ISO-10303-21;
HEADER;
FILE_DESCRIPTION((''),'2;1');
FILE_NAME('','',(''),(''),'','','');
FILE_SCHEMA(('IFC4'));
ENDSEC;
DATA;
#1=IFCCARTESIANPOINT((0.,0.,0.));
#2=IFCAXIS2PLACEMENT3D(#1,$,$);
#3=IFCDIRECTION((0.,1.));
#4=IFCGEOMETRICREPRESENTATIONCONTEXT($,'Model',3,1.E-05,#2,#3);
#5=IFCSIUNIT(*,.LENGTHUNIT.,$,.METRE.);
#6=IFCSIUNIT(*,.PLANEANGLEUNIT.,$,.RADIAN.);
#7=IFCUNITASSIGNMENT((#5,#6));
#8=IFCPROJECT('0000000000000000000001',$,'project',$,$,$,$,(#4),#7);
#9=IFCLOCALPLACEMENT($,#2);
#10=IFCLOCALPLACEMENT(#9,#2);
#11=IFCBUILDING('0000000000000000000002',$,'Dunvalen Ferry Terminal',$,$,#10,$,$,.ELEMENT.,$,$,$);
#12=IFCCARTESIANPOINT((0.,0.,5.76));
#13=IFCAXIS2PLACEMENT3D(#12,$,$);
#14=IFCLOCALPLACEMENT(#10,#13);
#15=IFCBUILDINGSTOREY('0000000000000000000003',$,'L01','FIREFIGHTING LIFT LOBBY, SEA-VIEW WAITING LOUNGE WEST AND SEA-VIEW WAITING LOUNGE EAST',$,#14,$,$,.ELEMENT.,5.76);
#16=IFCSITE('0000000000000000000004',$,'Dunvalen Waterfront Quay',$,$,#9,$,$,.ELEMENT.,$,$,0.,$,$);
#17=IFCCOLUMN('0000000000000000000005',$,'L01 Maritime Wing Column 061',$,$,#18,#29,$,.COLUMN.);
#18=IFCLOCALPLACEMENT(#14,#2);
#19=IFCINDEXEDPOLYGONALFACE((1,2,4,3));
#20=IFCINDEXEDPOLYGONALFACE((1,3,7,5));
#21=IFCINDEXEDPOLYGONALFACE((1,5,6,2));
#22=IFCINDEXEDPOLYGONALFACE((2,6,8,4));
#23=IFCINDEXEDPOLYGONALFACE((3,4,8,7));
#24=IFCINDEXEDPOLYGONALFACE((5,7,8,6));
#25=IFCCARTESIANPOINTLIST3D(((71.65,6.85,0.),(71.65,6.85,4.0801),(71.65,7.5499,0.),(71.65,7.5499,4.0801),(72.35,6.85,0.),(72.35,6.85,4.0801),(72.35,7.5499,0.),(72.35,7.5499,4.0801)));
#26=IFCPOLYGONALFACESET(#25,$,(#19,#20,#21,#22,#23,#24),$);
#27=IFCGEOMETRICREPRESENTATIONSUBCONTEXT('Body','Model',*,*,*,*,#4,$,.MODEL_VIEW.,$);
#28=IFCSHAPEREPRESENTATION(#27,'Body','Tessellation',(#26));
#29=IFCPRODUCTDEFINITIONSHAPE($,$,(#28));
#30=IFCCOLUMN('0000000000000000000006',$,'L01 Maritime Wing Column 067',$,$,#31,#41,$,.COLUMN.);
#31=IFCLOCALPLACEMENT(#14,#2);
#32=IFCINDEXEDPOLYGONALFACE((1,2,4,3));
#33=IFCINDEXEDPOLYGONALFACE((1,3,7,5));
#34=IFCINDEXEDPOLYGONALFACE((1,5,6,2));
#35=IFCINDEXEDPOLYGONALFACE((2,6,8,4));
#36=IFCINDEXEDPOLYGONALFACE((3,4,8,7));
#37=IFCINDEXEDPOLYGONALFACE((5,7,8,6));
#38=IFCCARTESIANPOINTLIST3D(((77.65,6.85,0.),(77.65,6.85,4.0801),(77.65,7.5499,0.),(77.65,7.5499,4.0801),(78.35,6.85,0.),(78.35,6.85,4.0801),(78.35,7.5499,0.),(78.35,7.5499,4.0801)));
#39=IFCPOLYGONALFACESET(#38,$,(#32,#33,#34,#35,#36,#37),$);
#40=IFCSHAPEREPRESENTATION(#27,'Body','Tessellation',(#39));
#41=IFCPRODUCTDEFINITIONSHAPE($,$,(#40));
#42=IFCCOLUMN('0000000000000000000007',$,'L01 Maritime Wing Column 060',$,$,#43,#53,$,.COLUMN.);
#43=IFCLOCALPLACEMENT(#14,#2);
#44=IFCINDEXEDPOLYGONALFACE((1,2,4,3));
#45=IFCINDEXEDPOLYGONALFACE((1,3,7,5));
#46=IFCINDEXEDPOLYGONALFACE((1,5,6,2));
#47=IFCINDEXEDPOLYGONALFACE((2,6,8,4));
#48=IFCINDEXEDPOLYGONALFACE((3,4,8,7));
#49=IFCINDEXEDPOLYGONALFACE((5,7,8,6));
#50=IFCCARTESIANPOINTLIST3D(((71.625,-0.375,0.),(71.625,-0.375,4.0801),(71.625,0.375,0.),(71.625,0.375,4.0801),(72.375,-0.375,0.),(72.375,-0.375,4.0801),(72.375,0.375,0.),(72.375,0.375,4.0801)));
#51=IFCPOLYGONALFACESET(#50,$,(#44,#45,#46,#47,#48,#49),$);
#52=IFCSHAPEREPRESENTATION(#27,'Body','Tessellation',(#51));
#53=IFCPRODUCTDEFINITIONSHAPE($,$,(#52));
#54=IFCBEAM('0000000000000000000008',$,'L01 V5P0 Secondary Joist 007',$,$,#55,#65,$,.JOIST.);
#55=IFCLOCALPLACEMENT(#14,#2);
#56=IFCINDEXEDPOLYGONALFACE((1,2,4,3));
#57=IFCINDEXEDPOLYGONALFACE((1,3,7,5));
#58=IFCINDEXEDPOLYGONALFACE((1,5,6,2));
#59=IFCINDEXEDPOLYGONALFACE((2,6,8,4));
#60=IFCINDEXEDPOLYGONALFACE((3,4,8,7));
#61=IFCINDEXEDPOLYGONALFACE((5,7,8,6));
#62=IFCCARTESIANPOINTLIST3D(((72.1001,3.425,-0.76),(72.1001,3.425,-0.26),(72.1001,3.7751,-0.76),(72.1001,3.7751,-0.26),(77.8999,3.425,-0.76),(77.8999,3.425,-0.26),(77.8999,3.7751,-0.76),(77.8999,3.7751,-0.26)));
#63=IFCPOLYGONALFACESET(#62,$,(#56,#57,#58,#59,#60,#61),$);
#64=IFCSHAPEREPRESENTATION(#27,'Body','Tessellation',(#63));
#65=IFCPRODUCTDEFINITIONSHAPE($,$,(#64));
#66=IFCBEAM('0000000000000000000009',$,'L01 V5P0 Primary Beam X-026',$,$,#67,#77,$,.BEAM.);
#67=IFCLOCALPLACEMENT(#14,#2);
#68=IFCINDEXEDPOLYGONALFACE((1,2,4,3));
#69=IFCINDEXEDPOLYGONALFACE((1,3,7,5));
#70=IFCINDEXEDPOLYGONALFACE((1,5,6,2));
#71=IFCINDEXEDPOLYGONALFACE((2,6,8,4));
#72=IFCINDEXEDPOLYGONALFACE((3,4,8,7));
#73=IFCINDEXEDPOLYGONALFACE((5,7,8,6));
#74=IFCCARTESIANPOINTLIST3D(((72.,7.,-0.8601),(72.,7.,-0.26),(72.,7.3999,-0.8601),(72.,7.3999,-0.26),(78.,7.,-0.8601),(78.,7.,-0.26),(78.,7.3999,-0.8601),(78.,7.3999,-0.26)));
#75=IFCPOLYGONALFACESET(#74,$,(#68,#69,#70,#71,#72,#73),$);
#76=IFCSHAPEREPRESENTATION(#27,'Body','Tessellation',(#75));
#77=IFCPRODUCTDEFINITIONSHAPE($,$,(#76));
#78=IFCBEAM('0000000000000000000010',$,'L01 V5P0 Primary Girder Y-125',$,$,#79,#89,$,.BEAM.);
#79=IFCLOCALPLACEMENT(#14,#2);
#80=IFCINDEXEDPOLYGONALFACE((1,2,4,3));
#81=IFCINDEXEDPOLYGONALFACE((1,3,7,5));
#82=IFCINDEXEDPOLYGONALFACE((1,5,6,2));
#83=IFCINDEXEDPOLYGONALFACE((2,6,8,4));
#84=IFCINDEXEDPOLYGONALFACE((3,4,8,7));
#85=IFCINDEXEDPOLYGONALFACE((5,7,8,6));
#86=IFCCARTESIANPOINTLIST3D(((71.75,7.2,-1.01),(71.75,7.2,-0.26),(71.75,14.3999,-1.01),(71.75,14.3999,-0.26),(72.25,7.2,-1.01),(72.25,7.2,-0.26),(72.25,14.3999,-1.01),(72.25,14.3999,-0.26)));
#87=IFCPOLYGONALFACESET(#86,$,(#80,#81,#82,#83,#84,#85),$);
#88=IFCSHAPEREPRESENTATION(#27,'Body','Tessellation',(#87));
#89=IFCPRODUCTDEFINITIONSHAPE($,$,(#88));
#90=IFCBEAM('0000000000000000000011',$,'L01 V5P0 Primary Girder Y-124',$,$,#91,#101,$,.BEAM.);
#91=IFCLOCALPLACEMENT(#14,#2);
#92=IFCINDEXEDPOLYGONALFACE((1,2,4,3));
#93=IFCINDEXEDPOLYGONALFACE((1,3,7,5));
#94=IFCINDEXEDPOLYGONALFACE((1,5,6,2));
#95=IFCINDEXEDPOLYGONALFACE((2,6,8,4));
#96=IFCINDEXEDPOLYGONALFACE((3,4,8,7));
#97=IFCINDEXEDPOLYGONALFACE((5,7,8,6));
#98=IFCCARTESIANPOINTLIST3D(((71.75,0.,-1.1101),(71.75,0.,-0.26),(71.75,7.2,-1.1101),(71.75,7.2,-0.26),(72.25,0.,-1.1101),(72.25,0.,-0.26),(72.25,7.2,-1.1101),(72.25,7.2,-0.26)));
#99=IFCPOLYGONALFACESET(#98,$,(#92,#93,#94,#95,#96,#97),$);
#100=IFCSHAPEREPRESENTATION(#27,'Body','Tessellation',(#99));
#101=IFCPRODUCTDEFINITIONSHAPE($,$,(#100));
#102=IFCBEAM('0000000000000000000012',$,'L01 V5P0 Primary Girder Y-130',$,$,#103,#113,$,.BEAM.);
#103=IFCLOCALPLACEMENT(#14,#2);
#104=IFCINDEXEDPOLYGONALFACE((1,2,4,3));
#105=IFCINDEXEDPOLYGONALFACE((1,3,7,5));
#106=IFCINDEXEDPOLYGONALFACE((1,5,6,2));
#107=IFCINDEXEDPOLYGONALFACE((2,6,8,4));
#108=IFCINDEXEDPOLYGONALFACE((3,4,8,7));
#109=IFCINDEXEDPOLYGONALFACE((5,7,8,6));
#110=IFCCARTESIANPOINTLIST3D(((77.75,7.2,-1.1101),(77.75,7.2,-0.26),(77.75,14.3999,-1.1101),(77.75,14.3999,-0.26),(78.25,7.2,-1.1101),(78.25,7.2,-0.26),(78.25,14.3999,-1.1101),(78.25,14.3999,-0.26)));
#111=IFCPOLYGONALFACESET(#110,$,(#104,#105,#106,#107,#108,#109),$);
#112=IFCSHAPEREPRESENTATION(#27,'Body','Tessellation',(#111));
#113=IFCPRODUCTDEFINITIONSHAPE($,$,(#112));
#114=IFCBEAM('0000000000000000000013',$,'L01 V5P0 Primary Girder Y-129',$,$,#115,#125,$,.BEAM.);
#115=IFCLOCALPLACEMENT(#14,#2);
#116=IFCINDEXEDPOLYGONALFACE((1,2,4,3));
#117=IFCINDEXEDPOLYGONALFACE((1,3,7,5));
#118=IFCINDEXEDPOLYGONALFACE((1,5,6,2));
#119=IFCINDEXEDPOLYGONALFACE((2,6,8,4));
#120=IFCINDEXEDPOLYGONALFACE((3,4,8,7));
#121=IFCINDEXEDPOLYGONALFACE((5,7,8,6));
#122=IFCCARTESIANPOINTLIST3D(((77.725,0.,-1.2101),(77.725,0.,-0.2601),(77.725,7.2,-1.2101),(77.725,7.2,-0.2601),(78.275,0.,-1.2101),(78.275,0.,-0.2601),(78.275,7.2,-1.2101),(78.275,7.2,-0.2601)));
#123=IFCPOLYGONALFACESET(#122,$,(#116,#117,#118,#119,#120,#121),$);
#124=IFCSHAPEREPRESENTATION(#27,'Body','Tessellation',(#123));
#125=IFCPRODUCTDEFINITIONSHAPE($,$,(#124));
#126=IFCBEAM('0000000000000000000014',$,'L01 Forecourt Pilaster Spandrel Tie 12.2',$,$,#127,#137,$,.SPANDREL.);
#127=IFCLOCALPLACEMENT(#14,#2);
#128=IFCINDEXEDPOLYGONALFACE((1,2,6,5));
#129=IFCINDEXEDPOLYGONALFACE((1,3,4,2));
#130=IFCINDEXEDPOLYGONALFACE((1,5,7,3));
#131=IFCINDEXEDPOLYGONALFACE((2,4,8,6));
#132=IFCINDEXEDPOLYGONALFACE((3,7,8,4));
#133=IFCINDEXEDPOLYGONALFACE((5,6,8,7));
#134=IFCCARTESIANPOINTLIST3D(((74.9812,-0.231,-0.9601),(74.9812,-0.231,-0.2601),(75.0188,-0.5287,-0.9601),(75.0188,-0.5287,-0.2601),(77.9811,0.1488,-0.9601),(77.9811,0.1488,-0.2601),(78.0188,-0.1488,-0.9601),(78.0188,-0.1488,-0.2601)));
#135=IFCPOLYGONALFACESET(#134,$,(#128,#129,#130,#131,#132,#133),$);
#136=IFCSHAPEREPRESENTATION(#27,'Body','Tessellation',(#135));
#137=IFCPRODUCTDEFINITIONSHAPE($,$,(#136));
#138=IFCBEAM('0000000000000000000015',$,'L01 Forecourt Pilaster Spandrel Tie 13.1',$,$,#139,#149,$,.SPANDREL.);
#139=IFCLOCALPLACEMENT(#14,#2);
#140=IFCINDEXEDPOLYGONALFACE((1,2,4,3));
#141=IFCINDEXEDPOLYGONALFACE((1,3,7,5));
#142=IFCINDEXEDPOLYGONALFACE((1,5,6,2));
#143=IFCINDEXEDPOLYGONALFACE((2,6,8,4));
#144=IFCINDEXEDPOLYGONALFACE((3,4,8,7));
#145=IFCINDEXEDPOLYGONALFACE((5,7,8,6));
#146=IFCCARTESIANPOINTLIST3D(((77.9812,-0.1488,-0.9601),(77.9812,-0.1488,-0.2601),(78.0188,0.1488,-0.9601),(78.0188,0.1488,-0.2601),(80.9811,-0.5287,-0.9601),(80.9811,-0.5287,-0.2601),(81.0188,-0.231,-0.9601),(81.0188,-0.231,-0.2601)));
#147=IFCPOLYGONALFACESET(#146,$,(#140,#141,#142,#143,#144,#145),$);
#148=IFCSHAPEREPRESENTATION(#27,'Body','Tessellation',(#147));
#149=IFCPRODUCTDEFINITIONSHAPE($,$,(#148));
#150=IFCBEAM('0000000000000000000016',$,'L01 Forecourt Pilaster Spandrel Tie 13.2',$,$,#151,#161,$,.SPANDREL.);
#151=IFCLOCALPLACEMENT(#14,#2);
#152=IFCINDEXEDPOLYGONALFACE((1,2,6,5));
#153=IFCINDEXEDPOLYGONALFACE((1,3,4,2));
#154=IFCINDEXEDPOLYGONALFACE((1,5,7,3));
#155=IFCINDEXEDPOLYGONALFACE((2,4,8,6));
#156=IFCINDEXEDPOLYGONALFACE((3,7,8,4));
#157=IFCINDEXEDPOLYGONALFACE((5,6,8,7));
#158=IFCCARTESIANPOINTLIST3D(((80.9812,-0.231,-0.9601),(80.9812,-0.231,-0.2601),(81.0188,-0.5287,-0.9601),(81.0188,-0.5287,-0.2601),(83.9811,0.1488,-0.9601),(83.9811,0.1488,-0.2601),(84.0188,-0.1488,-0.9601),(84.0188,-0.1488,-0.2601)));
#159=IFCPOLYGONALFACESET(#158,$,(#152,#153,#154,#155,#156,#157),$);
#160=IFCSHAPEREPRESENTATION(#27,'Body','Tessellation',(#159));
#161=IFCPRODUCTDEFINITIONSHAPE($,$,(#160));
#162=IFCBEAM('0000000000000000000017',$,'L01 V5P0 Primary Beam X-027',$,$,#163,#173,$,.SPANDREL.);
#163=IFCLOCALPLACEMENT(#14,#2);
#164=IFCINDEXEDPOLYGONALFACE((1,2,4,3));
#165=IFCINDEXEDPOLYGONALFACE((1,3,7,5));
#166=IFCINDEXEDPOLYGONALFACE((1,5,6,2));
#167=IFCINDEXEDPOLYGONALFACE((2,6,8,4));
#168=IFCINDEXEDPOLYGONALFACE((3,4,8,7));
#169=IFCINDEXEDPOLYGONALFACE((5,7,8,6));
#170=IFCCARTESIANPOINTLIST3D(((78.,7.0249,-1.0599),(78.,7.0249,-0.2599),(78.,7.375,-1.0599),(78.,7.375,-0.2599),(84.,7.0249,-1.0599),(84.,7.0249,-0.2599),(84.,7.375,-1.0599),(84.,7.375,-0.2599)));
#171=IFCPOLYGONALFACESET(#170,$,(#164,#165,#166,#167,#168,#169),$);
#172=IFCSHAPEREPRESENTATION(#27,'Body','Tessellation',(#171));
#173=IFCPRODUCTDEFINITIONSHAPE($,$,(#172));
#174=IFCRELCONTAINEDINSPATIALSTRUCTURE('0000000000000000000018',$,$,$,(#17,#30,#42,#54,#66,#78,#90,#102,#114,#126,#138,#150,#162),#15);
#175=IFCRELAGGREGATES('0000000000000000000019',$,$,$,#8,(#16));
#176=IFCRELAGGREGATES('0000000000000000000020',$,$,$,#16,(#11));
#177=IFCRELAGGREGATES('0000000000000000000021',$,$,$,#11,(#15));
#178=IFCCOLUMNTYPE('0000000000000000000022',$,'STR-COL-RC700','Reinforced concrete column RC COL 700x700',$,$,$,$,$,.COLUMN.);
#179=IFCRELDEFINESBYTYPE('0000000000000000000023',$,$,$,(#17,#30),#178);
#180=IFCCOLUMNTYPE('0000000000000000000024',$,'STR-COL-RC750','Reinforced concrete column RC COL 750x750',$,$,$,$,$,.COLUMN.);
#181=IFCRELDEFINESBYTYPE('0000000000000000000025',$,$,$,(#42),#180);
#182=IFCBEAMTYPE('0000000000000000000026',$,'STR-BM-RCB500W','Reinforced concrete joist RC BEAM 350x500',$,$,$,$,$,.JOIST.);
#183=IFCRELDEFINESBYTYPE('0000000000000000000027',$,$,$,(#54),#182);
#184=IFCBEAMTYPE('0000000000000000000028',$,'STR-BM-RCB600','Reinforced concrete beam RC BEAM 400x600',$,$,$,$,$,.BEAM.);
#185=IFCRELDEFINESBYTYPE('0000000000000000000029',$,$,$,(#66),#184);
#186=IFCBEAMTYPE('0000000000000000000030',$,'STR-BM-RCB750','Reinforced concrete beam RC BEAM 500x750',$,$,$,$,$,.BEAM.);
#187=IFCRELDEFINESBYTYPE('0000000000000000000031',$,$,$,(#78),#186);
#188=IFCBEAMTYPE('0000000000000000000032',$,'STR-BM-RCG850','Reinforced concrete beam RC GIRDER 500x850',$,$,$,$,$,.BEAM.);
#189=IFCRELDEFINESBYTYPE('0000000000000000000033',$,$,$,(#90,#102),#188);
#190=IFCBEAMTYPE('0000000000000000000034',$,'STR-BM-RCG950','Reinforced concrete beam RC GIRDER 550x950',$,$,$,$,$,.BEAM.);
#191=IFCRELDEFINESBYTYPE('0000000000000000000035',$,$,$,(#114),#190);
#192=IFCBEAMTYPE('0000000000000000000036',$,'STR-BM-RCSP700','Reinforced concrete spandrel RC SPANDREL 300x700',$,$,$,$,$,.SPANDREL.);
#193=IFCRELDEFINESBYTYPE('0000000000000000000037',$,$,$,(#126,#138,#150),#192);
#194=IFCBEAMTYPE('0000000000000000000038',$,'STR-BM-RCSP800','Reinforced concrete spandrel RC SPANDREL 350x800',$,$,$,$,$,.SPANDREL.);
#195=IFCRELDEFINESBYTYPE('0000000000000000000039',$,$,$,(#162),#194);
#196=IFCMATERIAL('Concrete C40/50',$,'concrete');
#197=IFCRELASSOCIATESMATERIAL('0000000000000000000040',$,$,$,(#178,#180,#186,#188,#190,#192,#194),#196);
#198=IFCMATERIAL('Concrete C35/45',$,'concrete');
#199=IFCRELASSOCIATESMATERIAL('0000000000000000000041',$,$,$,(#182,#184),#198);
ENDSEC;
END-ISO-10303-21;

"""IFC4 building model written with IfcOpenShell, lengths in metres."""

from ifc_helpers import new_model, si_unit, direction, frame, origin, origin_2d, place, context, subcontext, project, spatial, rectangle, extrude, material, material_profile, profile_set, type_object, element, save


model = new_model("IFC4")

# Units and contexts
model_context = context("Model", 3, precision=1e-05, world=origin(), true_north=direction((0.0, 1.0)))
body_context = subcontext(model_context, "Body", "Model", "MODEL_VIEW")
ifc_project = project(units=[si_unit("LENGTHUNIT", "METRE"), si_unit("PLANEANGLEUNIT", "RADIAN")], contexts=[model_context])

# Site, building, storey
site_placement = place(None, origin())
site = spatial("IfcSite", under=ifc_project, at=site_placement, Name="Dunvalen Waterfront Quay", CompositionType="ELEMENT", RefElevation=0.0)
building_placement = place(site_placement, origin())
building = spatial("IfcBuilding", under=site, at=building_placement, Name="Dunvalen Ferry Terminal", CompositionType="ELEMENT")
storey_placement = place(building_placement, frame((0.0, 0.0, 5.76)))
storey = spatial("IfcBuildingStorey", under=building, at=storey_placement, Name="L01", Description="FIREFIGHTING LIFT LOBBY, SEA-VIEW WAITING LOUNGE WEST AND SEA-VIEW WAITING LOUNGE EAST", CompositionType="ELEMENT", Elevation=5.76)

# Columns
ifc_material_1 = material(Name="Concrete C40/50", Category="concrete")
ifc_material_profile_1 = material_profile(ifc_material_1, rectangle(XDim=0.7, YDim=0.7, at=origin_2d()), Name="Concrete C40/50")
ifc_profile_set_1 = profile_set([ifc_material_profile_1], Name="Concrete C40/50")
column_type_1 = type_object("IfcColumnType", Name="STR-COL-RC700", Description="Reinforced concrete column RC COL 700x700", PredefinedType="COLUMN", material=ifc_profile_set_1)
for number, where, z_axis, x_axis, name in (
    (1, (72.0, 7.2, 0.0), (0.0, 0.0, 1.0), (1.0, 0.0, 0.0), "L01 Maritime Wing Column 061"),
    (2, (78.0, 7.2, 0.0), (0.0, 0.0, 1.0), (1.0, 0.0, 0.0), "L01 Maritime Wing Column 067"),
):
    element("IfcColumn", number, at=place(storey_placement, frame(where, z_axis=z_axis, x_axis=x_axis)), inside=storey, type_object=column_type_1, Name=name, PredefinedType="COLUMN", context=body_context, shape_type="SweptSolid", body=[
        extrude(rectangle(XDim=0.7, YDim=0.7, at=origin_2d()), origin(), (0.0, 0.0, 1.0), 4.0801),
    ])
ifc_material_profile_2 = material_profile(ifc_material_1, rectangle(XDim=0.75, YDim=0.75, at=origin_2d()), Name="Concrete C40/50")
ifc_profile_set_2 = profile_set([ifc_material_profile_2], Name="Concrete C40/50")
column_type_2 = type_object("IfcColumnType", Name="STR-COL-RC750", Description="Reinforced concrete column RC COL 750x750", PredefinedType="COLUMN", material=ifc_profile_set_2)
column_placement = place(storey_placement, frame((72.0, 0.0, 0.0), z_axis=(0.0, 0.0, 1.0), x_axis=(1.0, 0.0, 0.0)))
element("IfcColumn", 3, at=column_placement, inside=storey, type_object=column_type_2, Name="L01 Maritime Wing Column 060", PredefinedType="COLUMN", context=body_context, shape_type="SweptSolid", body=[
    extrude(rectangle(XDim=0.75, YDim=0.75, at=origin_2d()), origin(), (0.0, 0.0, 1.0), 4.0801),
])

# Beams
ifc_material_2 = material(Name="Concrete C35/45", Category="concrete")
ifc_material_profile_3 = material_profile(ifc_material_2, rectangle(XDim=0.3501, YDim=0.5, at=origin_2d()), Name="Concrete C35/45")
ifc_profile_set_3 = profile_set([ifc_material_profile_3], Name="Concrete C35/45")
beam_type_1 = type_object("IfcBeamType", Name="STR-BM-RCB500W", Description="Reinforced concrete joist RC BEAM 350x500", PredefinedType="JOIST", material=ifc_profile_set_3)
beam_1_placement = place(storey_placement, frame((72.1001, 3.6001, -0.51), z_axis=(1.0, 0.0, 0.0), x_axis=(0.0, 1.0, 0.0)))
element("IfcBeam", 4, at=beam_1_placement, inside=storey, type_object=beam_type_1, Name="L01 V5P0 Secondary Joist 007", PredefinedType="JOIST", context=body_context, shape_type="SweptSolid", body=[
    extrude(rectangle(XDim=0.3501, YDim=0.5, at=origin_2d()), origin(), (0.0, 0.0, 1.0), 5.7998),
])
ifc_material_profile_4 = material_profile(ifc_material_2, rectangle(XDim=0.3999, YDim=0.6001, at=origin_2d()), Name="Concrete C35/45")
ifc_profile_set_4 = profile_set([ifc_material_profile_4], Name="Concrete C35/45")
beam_type_2 = type_object("IfcBeamType", Name="STR-BM-RCB600", Description="Reinforced concrete beam RC BEAM 400x600", PredefinedType="BEAM", material=ifc_profile_set_4)
beam_2_placement = place(storey_placement, frame((72.0, 7.2, -0.5601), z_axis=(1.0, 0.0, 0.0), x_axis=(0.0, 1.0, 0.0)))
element("IfcBeam", 5, at=beam_2_placement, inside=storey, type_object=beam_type_2, Name="L01 V5P0 Primary Beam X-026", PredefinedType="BEAM", context=body_context, shape_type="SweptSolid", body=[
    extrude(rectangle(XDim=0.3999, YDim=0.6001, at=origin_2d()), origin(), (0.0, 0.0, 1.0), 6.0),
])
ifc_material_profile_5 = material_profile(ifc_material_1, rectangle(XDim=0.5, YDim=0.75, at=origin_2d()), Name="Concrete C40/50")
ifc_profile_set_5 = profile_set([ifc_material_profile_5], Name="Concrete C40/50")
beam_type_3 = type_object("IfcBeamType", Name="STR-BM-RCB750", Description="Reinforced concrete beam RC BEAM 500x750", PredefinedType="BEAM", material=ifc_profile_set_5)
beam_3_placement = place(storey_placement, frame((72.0, 7.2, -0.635), z_axis=(0.0, 1.0, 0.0), x_axis=(-1.0, 0.0, 0.0)))
element("IfcBeam", 6, at=beam_3_placement, inside=storey, type_object=beam_type_3, Name="L01 V5P0 Primary Girder Y-125", PredefinedType="BEAM", context=body_context, shape_type="SweptSolid", body=[
    extrude(rectangle(XDim=0.5, YDim=0.75, at=origin_2d()), origin(), (0.0, 0.0, 1.0), 7.2),
])
ifc_material_profile_6 = material_profile(ifc_material_1, rectangle(XDim=0.5, YDim=0.8501, at=origin_2d()), Name="Concrete C40/50")
ifc_profile_set_6 = profile_set([ifc_material_profile_6], Name="Concrete C40/50")
beam_type_4 = type_object("IfcBeamType", Name="STR-BM-RCG850", Description="Reinforced concrete beam RC GIRDER 500x850", PredefinedType="BEAM", material=ifc_profile_set_6)
for number, where, z_axis, x_axis, name in (
    (7, (72.0, 0.0, -0.6851), (0.0, 1.0, 0.0), (-1.0, 0.0, 0.0), "L01 V5P0 Primary Girder Y-124"),
    (8, (78.0, 7.2, -0.6851), (0.0, 1.0, 0.0), (-1.0, 0.0, 0.0), "L01 V5P0 Primary Girder Y-130"),
):
    element("IfcBeam", number, at=place(storey_placement, frame(where, z_axis=z_axis, x_axis=x_axis)), inside=storey, type_object=beam_type_4, Name=name, PredefinedType="BEAM", context=body_context, shape_type="SweptSolid", body=[
        extrude(rectangle(XDim=0.5, YDim=0.8501, at=origin_2d()), origin(), (0.0, 0.0, 1.0), 7.2),
    ])
ifc_material_profile_7 = material_profile(ifc_material_1, rectangle(XDim=0.55, YDim=0.95, at=origin_2d()), Name="Concrete C40/50")
ifc_profile_set_7 = profile_set([ifc_material_profile_7], Name="Concrete C40/50")
beam_type_5 = type_object("IfcBeamType", Name="STR-BM-RCG950", Description="Reinforced concrete beam RC GIRDER 550x950", PredefinedType="BEAM", material=ifc_profile_set_7)
beam_4_placement = place(storey_placement, frame((78.0, 0.0, -0.7351), z_axis=(0.0, 1.0, 0.0), x_axis=(-1.0, 0.0, 0.0)))
element("IfcBeam", 9, at=beam_4_placement, inside=storey, type_object=beam_type_5, Name="L01 V5P0 Primary Girder Y-129", PredefinedType="BEAM", context=body_context, shape_type="SweptSolid", body=[
    extrude(rectangle(XDim=0.55, YDim=0.95, at=origin_2d()), origin(), (0.0, 0.0, 1.0), 7.2),
])
ifc_material_profile_8 = material_profile(ifc_material_1, rectangle(XDim=0.3, YDim=0.7, at=origin_2d()), Name="Concrete C40/50")
ifc_profile_set_8 = profile_set([ifc_material_profile_8], Name="Concrete C40/50")
beam_type_6 = type_object("IfcBeamType", Name="STR-BM-RCSP700", Description="Reinforced concrete spandrel RC SPANDREL 300x700", PredefinedType="SPANDREL", material=ifc_profile_set_8)
for number, where, z_axis, x_axis, name in (
    (10, (75.0, -0.3799, -0.6101), (0.992078, 0.125624, 0.0), (-0.125624, 0.992078, 0.0), "L01 Forecourt Pilaster Spandrel Tie 12.2"),
    (11, (78.0, 0.0, -0.6101), (0.992078, -0.125624, 0.0), (0.125624, 0.992078, 0.0), "L01 Forecourt Pilaster Spandrel Tie 13.1"),
    (12, (81.0, -0.3799, -0.6101), (0.992078, 0.125624, 0.0), (-0.125624, 0.992078, 0.0), "L01 Forecourt Pilaster Spandrel Tie 13.2"),
):
    element("IfcBeam", number, at=place(storey_placement, frame(where, z_axis=z_axis, x_axis=x_axis)), inside=storey, type_object=beam_type_6, Name=name, PredefinedType="SPANDREL", context=body_context, shape_type="SweptSolid", body=[
        extrude(rectangle(XDim=0.3, YDim=0.7, at=origin_2d()), origin(), (0.0, 0.0, 1.0), 3.0239),
    ])
ifc_material_profile_9 = material_profile(ifc_material_1, rectangle(XDim=0.3501, YDim=0.8, at=origin_2d()), Name="Concrete C40/50")
ifc_profile_set_9 = profile_set([ifc_material_profile_9], Name="Concrete C40/50")
beam_type_7 = type_object("IfcBeamType", Name="STR-BM-RCSP800", Description="Reinforced concrete spandrel RC SPANDREL 350x800", PredefinedType="SPANDREL", material=ifc_profile_set_9)
beam_5_placement = place(storey_placement, frame((78.0, 7.2, -0.6599), z_axis=(1.0, 0.0, 0.0), x_axis=(0.0, 1.0, 0.0)))
element("IfcBeam", 13, at=beam_5_placement, inside=storey, type_object=beam_type_7, Name="L01 V5P0 Primary Beam X-027", PredefinedType="SPANDREL", context=body_context, shape_type="SweptSolid", body=[
    extrude(rectangle(XDim=0.3501, YDim=0.8, at=origin_2d()), origin(), (0.0, 0.0, 1.0), 6.0),
])

save(model, "model.ifc")
